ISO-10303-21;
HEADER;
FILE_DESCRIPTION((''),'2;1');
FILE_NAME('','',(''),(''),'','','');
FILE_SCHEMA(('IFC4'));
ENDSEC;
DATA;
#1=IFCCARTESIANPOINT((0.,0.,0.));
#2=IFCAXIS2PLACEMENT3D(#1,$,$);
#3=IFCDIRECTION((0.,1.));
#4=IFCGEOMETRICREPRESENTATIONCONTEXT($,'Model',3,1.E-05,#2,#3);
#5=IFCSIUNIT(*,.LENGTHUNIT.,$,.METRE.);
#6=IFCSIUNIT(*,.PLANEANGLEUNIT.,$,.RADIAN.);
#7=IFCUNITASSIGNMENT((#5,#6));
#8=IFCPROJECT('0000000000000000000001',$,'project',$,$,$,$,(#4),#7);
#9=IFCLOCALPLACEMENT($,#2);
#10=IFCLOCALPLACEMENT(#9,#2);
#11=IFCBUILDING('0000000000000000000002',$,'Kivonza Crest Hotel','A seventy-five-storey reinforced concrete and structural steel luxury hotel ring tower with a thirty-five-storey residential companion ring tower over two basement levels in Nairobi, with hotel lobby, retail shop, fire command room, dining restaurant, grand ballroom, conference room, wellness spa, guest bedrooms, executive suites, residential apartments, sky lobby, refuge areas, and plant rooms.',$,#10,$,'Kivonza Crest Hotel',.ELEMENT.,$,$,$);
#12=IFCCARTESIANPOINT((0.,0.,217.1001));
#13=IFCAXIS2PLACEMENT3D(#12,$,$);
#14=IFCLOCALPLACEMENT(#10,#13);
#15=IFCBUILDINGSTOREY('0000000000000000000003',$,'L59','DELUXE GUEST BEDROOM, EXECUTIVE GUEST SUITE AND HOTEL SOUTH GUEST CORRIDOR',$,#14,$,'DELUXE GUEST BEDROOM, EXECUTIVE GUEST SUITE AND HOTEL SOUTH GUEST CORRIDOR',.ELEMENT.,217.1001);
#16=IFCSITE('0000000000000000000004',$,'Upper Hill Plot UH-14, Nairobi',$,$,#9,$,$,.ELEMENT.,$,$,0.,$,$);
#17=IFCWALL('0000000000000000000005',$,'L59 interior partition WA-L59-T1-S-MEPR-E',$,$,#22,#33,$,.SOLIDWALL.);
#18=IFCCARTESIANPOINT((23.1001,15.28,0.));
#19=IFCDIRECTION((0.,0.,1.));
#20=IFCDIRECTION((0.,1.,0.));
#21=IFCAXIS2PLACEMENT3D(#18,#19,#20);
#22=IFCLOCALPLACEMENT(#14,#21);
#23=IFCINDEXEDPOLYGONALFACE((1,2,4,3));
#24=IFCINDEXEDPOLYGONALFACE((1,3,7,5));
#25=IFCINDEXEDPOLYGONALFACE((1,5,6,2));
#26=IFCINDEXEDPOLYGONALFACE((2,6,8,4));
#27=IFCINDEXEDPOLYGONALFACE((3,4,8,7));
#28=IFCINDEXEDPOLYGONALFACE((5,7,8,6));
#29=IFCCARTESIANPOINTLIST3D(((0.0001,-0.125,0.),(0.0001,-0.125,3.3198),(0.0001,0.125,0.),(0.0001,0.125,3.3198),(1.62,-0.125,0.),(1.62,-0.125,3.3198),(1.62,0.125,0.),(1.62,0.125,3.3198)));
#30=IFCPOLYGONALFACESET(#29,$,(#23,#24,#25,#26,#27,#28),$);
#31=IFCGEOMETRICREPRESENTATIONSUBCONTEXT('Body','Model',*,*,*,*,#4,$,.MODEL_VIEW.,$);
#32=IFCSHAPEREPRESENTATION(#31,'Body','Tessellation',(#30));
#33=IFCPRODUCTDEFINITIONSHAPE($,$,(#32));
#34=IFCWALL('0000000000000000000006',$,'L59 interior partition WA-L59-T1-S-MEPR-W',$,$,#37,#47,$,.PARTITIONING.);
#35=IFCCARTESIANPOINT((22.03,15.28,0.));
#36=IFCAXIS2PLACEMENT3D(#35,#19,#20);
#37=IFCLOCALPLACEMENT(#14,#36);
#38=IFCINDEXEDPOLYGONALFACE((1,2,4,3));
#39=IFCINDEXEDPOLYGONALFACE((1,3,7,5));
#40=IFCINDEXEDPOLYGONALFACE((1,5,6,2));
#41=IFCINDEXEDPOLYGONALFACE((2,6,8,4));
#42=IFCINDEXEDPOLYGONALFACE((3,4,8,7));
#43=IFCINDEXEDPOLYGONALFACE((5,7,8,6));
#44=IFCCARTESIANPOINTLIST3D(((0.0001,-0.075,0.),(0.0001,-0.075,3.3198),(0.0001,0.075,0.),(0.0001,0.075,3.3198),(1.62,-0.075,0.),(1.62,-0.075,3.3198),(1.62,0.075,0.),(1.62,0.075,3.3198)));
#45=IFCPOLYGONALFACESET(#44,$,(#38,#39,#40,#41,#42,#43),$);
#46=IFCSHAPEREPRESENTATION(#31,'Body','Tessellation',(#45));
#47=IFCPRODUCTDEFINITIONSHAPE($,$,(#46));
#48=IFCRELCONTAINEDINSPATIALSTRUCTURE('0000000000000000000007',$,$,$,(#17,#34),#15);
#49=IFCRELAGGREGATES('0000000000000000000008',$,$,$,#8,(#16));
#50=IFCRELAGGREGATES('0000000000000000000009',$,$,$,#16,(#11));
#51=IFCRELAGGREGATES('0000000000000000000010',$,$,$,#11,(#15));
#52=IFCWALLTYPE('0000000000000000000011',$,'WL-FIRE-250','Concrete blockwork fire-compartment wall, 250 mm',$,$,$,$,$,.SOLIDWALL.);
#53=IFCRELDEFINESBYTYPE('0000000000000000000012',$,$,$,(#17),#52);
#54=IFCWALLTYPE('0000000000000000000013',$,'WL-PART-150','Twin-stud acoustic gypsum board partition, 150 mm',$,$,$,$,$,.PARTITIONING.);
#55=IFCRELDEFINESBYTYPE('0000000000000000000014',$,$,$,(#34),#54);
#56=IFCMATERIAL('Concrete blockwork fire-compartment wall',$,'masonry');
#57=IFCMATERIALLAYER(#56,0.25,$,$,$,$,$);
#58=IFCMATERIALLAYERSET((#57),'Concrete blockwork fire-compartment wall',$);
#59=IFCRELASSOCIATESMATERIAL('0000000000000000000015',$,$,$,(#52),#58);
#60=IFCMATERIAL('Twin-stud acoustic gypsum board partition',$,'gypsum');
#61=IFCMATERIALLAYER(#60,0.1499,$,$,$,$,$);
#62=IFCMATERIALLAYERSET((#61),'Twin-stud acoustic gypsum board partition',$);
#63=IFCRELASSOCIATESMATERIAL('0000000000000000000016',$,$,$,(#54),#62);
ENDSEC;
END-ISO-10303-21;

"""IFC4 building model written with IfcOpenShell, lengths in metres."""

from ifc_helpers import new_model, si_unit, direction, frame, frame_2d, origin, place, context, subcontext, project, spatial, rectangle, extrude, material, layer, layer_set, type_object, element, save


model = new_model("IFC4")

# Units and contexts
model_context = context("Model", 3, precision=1e-05, world=origin(), true_north=direction((0.0, 1.0)))
body_context = subcontext(model_context, "Body", "Model", "MODEL_VIEW")
ifc_project = project(units=[si_unit("LENGTHUNIT", "METRE"), si_unit("PLANEANGLEUNIT", "RADIAN")], contexts=[model_context])

# Site, building, storey
site_placement = place(None, origin())
site = spatial("IfcSite", under=ifc_project, at=site_placement, Name="Upper Hill Plot UH-14, Nairobi", CompositionType="ELEMENT", RefElevation=0.0)
building_placement = place(site_placement, origin())
building = spatial("IfcBuilding", under=site, at=building_placement, Name="Kivonza Crest Hotel", Description="A seventy-five-storey reinforced concrete and structural steel luxury hotel ring tower with a thirty-five-storey residential companion ring tower over two basement levels in Nairobi, with hotel lobby, retail shop, fire command room, dining restaurant, grand ballroom, conference room, wellness spa, guest bedrooms, executive suites, residential apartments, sky lobby, refuge areas, and plant rooms.", LongName="Kivonza Crest Hotel", CompositionType="ELEMENT")
storey_placement = place(building_placement, frame((0.0, 0.0, 217.1001)))
storey = spatial("IfcBuildingStorey", under=building, at=storey_placement, Name="L59", Description="DELUXE GUEST BEDROOM, EXECUTIVE GUEST SUITE AND HOTEL SOUTH GUEST CORRIDOR", LongName="DELUXE GUEST BEDROOM, EXECUTIVE GUEST SUITE AND HOTEL SOUTH GUEST CORRIDOR", CompositionType="ELEMENT", Elevation=217.1001)

# Walls
ifc_material_1 = material(Name="Concrete blockwork fire-compartment wall", Category="masonry")
ifc_layer_1 = layer(ifc_material_1, 0.25)
ifc_layer_set_1 = layer_set([ifc_layer_1], Name="Concrete blockwork fire-compartment wall")
wall_type_1 = type_object("IfcWallType", Name="WL-FIRE-250", Description="Concrete blockwork fire-compartment wall, 250 mm", PredefinedType="SOLIDWALL", material=ifc_layer_set_1)
wall_1_placement = place(storey_placement, frame((23.1001, 15.28, 0.0), z_axis=(0.0, 0.0, 1.0), x_axis=(0.0, 1.0, 0.0)))
element("IfcWall", 1, at=wall_1_placement, inside=storey, type_object=wall_type_1, Name="L59 interior partition WA-L59-T1-S-MEPR-E", PredefinedType="SOLIDWALL", context=body_context, shape_type="SweptSolid", body=[
    extrude(rectangle(XDim=1.6199, YDim=0.25, at=frame_2d((0.8101, 0.0))), origin(), (0.0, 0.0, 1.0), 3.3198),
])
ifc_material_2 = material(Name="Twin-stud acoustic gypsum board partition", Category="gypsum")
ifc_layer_2 = layer(ifc_material_2, 0.1499)
ifc_layer_set_2 = layer_set([ifc_layer_2], Name="Twin-stud acoustic gypsum board partition")
wall_type_2 = type_object("IfcWallType", Name="WL-PART-150", Description="Twin-stud acoustic gypsum board partition, 150 mm", PredefinedType="PARTITIONING", material=ifc_layer_set_2)
wall_2_placement = place(storey_placement, frame((22.03, 15.28, 0.0), z_axis=(0.0, 0.0, 1.0), x_axis=(0.0, 1.0, 0.0)))
element("IfcWall", 2, at=wall_2_placement, inside=storey, type_object=wall_type_2, Name="L59 interior partition WA-L59-T1-S-MEPR-W", PredefinedType="PARTITIONING", context=body_context, shape_type="SweptSolid", body=[
    extrude(rectangle(XDim=1.6199, YDim=0.1499, at=frame_2d((0.8101, 0.0))), origin(), (0.0, 0.0, 1.0), 3.3198),
])

save(model, "model.ifc")
